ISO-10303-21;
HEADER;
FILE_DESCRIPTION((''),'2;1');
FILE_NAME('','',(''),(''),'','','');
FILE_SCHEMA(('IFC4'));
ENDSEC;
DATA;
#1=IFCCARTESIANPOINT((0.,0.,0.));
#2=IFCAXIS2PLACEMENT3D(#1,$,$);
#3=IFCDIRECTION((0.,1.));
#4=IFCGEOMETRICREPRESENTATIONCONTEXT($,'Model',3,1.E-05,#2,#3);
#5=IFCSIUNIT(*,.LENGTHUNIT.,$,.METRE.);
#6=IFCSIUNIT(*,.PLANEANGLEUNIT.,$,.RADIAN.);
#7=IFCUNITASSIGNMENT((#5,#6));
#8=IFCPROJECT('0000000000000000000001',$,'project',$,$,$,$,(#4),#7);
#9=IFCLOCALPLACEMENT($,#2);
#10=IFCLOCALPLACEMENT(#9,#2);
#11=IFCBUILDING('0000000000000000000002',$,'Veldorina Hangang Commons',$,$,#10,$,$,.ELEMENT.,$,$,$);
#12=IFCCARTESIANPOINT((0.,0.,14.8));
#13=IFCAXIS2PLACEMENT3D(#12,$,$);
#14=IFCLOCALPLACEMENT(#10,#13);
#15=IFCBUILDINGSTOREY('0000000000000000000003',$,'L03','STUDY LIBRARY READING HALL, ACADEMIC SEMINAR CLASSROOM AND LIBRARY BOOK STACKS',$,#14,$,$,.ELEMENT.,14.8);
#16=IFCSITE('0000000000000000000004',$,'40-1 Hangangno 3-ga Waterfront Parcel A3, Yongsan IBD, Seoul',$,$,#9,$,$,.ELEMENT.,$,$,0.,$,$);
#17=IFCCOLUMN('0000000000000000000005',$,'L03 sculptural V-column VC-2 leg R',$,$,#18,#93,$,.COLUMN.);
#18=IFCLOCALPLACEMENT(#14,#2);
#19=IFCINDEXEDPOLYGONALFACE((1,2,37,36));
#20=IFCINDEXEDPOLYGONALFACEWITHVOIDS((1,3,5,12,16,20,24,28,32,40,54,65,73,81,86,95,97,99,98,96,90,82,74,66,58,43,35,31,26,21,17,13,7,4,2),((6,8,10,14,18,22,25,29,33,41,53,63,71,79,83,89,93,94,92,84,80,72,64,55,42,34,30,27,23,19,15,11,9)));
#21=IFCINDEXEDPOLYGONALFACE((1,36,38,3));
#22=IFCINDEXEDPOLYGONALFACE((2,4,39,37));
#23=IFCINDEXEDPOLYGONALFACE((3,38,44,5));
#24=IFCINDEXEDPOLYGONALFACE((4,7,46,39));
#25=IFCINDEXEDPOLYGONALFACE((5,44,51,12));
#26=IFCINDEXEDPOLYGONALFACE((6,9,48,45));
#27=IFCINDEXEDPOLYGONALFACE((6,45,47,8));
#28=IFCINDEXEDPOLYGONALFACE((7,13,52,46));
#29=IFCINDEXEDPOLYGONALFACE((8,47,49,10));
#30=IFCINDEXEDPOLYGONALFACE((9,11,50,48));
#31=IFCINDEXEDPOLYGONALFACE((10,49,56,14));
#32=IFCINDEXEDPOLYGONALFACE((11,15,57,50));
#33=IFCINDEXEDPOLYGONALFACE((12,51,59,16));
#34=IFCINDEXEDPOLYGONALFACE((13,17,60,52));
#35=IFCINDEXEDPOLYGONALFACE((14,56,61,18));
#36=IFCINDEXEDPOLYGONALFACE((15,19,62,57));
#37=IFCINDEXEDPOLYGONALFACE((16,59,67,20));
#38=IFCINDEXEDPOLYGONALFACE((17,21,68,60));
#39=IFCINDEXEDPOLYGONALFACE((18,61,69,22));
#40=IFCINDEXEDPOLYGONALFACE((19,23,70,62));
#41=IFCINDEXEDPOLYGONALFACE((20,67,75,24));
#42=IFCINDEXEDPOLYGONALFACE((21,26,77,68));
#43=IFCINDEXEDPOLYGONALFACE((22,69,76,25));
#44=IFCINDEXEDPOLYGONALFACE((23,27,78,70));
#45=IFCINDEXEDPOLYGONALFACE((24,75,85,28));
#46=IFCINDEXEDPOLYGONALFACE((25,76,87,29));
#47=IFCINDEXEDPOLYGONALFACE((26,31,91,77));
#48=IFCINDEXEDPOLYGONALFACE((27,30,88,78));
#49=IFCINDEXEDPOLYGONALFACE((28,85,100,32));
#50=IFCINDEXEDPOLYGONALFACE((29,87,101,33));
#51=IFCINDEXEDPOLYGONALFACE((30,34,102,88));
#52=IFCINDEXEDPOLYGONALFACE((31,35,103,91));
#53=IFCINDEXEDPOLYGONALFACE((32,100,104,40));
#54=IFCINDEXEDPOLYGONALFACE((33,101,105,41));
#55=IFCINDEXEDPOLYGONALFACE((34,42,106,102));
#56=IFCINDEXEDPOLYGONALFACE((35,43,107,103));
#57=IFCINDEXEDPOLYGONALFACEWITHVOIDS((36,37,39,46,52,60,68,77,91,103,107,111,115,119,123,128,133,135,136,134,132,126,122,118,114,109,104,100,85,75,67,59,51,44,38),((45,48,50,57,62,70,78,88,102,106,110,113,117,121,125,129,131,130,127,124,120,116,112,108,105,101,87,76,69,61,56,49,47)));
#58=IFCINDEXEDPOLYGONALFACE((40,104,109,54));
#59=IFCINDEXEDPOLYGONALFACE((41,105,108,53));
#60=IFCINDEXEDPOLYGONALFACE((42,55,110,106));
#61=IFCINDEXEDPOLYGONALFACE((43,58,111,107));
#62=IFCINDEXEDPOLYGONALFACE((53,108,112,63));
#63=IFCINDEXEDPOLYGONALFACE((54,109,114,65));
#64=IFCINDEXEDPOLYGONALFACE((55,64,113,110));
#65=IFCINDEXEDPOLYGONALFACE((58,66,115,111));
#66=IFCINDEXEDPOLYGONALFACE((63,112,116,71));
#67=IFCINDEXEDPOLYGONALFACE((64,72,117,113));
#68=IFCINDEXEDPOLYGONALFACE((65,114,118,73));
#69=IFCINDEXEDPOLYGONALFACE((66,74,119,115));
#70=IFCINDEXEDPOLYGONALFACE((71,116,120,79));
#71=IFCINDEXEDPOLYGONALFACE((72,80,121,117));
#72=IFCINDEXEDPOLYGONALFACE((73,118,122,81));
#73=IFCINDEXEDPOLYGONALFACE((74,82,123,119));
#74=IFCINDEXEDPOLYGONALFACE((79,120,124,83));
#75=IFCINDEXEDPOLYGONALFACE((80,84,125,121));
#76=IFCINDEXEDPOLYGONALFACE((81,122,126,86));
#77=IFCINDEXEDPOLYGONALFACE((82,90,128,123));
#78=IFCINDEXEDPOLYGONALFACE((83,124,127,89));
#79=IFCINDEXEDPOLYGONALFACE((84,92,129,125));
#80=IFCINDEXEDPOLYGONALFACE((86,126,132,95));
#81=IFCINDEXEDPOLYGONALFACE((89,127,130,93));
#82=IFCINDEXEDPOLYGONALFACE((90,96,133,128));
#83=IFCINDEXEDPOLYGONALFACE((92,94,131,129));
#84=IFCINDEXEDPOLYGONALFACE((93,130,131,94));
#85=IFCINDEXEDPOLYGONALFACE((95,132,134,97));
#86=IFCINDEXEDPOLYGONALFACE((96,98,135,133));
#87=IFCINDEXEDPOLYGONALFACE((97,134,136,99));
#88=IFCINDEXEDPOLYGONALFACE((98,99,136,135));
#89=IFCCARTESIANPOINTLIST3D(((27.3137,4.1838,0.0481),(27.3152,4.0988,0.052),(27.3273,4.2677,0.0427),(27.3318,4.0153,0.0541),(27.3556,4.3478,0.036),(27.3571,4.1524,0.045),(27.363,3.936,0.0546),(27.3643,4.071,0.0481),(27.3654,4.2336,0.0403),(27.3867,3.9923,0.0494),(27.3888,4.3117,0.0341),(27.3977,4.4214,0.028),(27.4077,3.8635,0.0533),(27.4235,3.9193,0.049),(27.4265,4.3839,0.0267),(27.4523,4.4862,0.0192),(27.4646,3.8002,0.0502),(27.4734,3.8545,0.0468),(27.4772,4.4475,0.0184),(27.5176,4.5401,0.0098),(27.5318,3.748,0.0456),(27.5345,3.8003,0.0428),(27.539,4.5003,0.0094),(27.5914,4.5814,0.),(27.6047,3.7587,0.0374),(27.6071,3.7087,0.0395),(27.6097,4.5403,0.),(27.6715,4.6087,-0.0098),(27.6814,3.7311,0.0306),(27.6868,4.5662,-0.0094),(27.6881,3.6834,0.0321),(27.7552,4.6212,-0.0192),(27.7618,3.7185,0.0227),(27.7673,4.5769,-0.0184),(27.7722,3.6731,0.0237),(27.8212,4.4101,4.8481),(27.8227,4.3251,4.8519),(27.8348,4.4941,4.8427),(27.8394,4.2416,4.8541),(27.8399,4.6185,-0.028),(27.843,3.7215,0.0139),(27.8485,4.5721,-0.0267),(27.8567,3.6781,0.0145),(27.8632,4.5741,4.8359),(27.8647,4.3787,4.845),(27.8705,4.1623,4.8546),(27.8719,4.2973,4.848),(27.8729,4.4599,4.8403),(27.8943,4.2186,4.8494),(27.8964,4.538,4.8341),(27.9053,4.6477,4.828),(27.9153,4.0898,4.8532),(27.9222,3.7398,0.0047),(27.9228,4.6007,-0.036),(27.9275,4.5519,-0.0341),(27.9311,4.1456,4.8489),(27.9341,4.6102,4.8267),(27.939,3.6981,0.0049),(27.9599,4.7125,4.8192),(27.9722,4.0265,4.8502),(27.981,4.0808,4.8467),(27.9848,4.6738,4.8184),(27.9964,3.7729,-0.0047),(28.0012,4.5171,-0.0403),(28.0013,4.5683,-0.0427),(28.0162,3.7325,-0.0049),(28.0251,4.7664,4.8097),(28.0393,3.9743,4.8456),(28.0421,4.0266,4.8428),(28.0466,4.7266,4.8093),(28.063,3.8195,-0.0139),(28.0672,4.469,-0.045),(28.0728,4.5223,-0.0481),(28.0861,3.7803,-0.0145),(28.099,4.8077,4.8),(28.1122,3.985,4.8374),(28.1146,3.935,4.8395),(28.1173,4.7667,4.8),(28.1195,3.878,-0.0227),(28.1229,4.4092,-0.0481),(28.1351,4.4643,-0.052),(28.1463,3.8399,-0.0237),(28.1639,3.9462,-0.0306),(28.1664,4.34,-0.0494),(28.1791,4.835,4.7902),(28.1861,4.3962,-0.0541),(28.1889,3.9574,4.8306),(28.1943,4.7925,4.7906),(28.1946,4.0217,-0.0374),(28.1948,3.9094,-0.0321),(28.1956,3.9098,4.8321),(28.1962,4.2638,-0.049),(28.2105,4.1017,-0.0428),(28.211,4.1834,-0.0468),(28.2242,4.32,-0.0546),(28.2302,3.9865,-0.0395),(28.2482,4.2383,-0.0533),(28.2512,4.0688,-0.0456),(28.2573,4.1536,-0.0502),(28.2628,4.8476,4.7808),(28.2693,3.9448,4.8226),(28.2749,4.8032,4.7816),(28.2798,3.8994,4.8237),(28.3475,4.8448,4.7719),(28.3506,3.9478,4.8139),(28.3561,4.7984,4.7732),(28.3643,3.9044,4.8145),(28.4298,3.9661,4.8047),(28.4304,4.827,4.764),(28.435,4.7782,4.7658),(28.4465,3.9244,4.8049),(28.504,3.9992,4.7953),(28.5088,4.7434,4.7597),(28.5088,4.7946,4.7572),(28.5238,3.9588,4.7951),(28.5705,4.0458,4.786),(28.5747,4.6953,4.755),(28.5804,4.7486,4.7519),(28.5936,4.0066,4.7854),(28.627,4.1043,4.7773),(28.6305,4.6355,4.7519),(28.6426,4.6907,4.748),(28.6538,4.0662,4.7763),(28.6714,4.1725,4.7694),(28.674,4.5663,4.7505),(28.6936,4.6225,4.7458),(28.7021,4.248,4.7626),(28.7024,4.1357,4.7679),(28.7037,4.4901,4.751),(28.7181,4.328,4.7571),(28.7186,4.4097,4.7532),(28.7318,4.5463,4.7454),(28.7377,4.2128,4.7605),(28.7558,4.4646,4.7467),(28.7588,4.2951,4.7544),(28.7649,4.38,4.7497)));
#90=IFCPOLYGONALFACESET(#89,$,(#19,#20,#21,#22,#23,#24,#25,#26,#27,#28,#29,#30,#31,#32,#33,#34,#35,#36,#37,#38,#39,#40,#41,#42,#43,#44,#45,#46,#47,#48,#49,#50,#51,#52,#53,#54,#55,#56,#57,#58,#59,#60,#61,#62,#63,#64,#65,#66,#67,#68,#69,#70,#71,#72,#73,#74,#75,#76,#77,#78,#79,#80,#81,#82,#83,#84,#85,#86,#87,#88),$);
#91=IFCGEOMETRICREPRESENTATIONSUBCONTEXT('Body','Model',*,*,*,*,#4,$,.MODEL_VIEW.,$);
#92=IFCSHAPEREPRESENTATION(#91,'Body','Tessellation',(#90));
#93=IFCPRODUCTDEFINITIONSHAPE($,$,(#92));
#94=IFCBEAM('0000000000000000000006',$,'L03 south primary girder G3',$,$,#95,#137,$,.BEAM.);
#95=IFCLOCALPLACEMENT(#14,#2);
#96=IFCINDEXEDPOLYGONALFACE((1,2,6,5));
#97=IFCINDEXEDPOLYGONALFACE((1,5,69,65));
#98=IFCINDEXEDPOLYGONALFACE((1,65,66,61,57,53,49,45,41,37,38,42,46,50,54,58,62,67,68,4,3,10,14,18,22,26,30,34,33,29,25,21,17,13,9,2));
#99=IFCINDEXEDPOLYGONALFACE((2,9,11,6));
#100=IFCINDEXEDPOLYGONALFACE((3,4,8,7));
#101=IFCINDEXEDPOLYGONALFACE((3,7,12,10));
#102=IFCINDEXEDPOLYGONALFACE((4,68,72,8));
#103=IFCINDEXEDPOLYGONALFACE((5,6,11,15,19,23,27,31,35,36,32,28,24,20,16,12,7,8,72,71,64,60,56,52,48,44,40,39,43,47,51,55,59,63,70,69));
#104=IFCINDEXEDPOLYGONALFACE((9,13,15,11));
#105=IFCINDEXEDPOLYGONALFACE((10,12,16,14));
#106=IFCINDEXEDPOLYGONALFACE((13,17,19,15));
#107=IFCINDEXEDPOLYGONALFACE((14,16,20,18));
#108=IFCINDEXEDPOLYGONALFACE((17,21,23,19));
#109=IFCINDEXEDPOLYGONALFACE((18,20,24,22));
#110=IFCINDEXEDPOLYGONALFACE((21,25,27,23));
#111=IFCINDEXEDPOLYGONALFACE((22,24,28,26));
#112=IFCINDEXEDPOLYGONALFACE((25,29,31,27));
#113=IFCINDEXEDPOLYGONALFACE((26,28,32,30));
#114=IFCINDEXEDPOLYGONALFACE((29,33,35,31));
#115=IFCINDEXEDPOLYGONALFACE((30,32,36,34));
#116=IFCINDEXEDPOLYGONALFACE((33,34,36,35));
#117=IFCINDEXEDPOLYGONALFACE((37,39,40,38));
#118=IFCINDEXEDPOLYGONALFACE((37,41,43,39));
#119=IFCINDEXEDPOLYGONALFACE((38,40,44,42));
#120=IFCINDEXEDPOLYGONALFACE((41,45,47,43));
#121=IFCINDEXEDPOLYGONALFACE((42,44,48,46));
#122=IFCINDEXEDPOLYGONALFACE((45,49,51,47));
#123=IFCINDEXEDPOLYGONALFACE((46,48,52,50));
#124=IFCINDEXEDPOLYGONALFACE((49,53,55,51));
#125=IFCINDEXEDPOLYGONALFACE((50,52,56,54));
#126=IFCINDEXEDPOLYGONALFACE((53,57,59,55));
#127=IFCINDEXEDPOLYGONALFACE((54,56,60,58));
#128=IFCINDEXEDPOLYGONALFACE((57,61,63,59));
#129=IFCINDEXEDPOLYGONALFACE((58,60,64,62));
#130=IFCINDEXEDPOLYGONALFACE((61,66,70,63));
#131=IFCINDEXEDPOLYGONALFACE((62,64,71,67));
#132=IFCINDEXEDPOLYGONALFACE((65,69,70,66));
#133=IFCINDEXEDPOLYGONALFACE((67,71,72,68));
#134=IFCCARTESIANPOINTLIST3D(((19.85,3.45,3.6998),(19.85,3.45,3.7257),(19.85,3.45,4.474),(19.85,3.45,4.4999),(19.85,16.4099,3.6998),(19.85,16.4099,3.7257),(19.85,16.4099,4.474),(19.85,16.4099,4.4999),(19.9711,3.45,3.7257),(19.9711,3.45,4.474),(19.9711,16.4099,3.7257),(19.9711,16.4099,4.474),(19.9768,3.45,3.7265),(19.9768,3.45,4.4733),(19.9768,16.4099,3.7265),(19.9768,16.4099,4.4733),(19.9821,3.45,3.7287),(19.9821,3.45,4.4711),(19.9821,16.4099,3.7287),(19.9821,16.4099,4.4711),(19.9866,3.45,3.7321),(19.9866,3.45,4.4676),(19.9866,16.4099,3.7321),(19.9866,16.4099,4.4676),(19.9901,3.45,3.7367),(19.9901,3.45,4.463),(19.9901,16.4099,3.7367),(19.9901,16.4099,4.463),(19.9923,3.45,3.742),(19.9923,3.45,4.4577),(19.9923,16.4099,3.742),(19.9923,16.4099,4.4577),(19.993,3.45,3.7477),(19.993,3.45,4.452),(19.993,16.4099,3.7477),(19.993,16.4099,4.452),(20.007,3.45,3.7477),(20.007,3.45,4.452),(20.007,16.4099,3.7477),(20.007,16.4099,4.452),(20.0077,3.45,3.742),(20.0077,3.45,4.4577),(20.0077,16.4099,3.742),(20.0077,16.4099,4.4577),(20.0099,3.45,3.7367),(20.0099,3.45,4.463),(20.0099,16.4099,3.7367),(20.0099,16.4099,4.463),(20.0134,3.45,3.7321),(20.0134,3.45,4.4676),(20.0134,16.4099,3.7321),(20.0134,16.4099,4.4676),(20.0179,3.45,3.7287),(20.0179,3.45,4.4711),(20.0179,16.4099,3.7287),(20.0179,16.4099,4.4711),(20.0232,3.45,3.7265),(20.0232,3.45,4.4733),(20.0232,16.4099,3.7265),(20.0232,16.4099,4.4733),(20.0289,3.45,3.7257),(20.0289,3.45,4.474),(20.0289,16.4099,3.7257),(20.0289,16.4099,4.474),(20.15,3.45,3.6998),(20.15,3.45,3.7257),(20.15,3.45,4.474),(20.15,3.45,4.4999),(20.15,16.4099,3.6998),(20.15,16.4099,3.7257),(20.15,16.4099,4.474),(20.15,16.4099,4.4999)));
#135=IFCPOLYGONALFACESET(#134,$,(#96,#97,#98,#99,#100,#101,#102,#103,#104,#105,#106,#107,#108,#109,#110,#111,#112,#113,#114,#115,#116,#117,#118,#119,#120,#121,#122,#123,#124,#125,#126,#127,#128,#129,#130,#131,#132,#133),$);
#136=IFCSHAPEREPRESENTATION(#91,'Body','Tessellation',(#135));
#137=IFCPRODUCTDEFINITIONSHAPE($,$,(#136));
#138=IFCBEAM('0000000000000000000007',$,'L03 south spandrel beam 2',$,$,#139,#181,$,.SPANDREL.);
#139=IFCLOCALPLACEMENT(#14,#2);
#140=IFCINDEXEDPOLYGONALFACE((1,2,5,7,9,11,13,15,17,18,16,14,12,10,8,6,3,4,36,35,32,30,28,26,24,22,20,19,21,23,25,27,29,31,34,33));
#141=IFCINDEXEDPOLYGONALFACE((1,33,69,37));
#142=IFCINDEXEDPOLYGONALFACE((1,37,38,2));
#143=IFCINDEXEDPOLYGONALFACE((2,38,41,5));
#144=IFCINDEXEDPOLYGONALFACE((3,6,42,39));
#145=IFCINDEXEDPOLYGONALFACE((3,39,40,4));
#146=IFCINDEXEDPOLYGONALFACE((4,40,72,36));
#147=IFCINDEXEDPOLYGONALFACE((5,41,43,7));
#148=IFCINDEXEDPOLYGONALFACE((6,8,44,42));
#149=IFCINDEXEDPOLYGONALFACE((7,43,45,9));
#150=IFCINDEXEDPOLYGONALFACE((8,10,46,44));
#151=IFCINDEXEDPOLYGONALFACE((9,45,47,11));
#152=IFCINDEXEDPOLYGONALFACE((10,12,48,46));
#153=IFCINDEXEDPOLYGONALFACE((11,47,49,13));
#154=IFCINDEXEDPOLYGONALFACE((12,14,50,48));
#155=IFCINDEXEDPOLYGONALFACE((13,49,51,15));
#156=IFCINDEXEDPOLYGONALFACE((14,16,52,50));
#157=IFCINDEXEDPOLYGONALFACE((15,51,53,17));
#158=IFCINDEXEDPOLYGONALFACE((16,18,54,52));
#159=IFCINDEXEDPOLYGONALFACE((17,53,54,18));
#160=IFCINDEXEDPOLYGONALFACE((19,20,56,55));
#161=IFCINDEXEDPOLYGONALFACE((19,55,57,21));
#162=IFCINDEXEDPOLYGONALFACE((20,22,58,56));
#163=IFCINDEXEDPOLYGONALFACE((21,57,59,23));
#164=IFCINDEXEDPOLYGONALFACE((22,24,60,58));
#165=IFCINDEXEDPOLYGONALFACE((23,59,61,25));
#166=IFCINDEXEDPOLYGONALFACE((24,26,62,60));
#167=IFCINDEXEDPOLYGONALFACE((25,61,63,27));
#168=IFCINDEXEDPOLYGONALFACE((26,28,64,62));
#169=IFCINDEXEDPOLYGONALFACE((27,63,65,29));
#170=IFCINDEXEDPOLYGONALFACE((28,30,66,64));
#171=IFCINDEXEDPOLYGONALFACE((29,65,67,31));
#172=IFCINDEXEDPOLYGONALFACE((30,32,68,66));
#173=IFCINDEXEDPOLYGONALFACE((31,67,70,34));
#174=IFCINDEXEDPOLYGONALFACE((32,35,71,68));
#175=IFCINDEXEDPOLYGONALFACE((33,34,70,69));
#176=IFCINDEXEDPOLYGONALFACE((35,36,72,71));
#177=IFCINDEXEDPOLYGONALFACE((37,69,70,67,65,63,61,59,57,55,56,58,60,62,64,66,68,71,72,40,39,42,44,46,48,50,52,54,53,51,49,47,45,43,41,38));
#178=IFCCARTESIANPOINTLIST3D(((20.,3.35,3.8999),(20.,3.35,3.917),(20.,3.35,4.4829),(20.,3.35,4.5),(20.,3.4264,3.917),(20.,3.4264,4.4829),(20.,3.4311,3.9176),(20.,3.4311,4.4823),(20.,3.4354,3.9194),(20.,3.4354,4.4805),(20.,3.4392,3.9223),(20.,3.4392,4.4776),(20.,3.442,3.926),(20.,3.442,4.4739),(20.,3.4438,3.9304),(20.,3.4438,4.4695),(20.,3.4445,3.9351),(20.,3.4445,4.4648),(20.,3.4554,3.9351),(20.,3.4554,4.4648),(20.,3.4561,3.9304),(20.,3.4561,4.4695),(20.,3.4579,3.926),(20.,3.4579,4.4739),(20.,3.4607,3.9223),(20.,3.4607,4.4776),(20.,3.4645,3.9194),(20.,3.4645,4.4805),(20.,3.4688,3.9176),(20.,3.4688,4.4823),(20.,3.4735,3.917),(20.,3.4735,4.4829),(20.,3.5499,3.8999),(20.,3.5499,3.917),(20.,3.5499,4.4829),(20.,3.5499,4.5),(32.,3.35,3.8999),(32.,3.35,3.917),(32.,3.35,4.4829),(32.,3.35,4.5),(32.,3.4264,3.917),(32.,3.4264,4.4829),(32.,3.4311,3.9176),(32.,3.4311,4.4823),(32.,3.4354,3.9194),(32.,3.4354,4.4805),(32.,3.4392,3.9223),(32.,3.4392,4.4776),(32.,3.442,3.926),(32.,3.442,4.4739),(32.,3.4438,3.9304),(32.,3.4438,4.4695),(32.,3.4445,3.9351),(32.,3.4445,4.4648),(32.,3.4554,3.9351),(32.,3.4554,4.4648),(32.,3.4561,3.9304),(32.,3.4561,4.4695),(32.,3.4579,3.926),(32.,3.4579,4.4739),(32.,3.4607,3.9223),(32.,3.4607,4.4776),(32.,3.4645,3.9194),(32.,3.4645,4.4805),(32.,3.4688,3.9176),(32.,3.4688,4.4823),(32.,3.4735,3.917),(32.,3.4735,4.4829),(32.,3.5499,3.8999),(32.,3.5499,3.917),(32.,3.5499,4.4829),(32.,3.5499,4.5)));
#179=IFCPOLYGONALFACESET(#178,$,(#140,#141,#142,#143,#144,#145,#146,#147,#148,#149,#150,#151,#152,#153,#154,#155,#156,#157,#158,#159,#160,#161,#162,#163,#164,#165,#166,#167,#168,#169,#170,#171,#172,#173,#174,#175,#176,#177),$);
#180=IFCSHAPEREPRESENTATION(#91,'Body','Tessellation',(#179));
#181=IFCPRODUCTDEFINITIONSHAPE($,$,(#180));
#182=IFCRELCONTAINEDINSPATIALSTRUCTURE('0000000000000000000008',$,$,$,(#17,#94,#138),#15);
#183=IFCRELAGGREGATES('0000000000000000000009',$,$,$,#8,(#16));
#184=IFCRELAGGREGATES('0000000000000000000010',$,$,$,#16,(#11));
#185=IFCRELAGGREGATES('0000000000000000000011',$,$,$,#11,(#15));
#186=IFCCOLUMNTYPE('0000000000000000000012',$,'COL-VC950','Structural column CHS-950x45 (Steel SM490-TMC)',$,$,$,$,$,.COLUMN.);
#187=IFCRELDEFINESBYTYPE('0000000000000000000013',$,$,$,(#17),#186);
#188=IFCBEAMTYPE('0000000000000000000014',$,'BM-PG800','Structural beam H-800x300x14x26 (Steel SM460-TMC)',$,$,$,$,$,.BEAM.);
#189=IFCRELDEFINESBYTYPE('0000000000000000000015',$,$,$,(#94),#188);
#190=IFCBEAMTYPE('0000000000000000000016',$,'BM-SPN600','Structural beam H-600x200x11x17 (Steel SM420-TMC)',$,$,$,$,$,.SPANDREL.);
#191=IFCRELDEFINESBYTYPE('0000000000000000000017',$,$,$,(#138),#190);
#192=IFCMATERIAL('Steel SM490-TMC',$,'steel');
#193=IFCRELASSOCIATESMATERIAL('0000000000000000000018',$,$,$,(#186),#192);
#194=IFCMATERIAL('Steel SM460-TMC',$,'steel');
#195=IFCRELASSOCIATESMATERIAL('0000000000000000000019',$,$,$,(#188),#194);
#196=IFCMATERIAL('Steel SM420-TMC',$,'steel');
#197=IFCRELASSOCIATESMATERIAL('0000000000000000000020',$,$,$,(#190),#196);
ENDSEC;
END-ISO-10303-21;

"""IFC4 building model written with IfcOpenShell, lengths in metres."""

from ifc_helpers import new_model, si_unit, direction, frame, origin, origin_2d, place, context, subcontext, project, spatial, hollow_circle, i_section, extrude, material, material_profile, profile_set, type_object, element, save


model = new_model("IFC4")

# Units and contexts
model_context = context("Model", 3, precision=1e-05, world=origin(), true_north=direction((0.0, 1.0)))
body_context = subcontext(model_context, "Body", "Model", "MODEL_VIEW")
ifc_project = project(units=[si_unit("LENGTHUNIT", "METRE"), si_unit("PLANEANGLEUNIT", "RADIAN")], contexts=[model_context])

# Site, building, storey
site_placement = place(None, origin())
site = spatial("IfcSite", under=ifc_project, at=site_placement, Name="40-1 Hangangno 3-ga Waterfront Parcel A3, Yongsan IBD, Seoul", CompositionType="ELEMENT", RefElevation=0.0)
building_placement = place(site_placement, origin())
building = spatial("IfcBuilding", under=site, at=building_placement, Name="Veldorina Hangang Commons", CompositionType="ELEMENT")
storey_placement = place(building_placement, frame((0.0, 0.0, 14.8)))
storey = spatial("IfcBuildingStorey", under=building, at=storey_placement, Name="L03", Description="STUDY LIBRARY READING HALL, ACADEMIC SEMINAR CLASSROOM AND LIBRARY BOOK STACKS", CompositionType="ELEMENT", Elevation=14.8)

# Column
ifc_material_1 = material(Name="Steel SM420-TMC", Category="steel")
ifc_material_2 = material(Name="Steel SM490-TMC", Category="steel")
ifc_material_profile_1 = material_profile(ifc_material_2, hollow_circle(Radius=0.4751, WallThickness=0.0449, at=origin_2d()), Name="CHS-950x45")
ifc_profile_set_1 = profile_set([ifc_material_profile_1], Name="Steel SM490-TMC")
column_type_1 = type_object("IfcColumnType", Name="COL-VC950", Description="Structural column CHS-950x45 (Steel SM490-TMC)", PredefinedType="COLUMN", material=ifc_profile_set_1)
for number, where, z_axis, x_axis, name in (
    (1, (27.7849, 4.1475, 0.0), (0.105041, 0.046836, 0.993364), (-0.407239, 0.913322, 0.0), "L03 sculptural V-column VC-2 leg R"),
):
    element("IfcColumn", number, at=place(storey_placement, frame(where, z_axis=z_axis, x_axis=x_axis)), inside=storey, type_object=column_type_1, Name=name, PredefinedType="COLUMN", context=body_context, shape_type="SweptSolid", body=[
        extrude(hollow_circle(Radius=0.4751, WallThickness=0.0449, at=origin_2d()), origin(), (0.0, 0.0, 1.0), 4.832),
    ])

# Beams
ifc_material_3 = material(Name="Steel SM460-TMC", Category="steel")
ifc_material_profile_2 = material_profile(ifc_material_3, i_section(OverallWidth=0.3, OverallDepth=0.8, WebThickness=0.0139, FlangeThickness=0.0259, FilletRadius=0.022, at=origin_2d()), Name="H-800x300x14x26")
ifc_profile_set_2 = profile_set([ifc_material_profile_2], Name="Steel SM460-TMC")
beam_type_1 = type_object("IfcBeamType", Name="BM-PG800", Description="Structural beam H-800x300x14x26 (Steel SM460-TMC)", PredefinedType="BEAM", material=ifc_profile_set_2)
beam_1_placement = place(storey_placement, frame((20.0, 3.45, 4.0999), z_axis=(0.0, 1.0, 0.0), x_axis=(-1.0, 0.0, 0.0)))
element("IfcBeam", 2, at=beam_1_placement, inside=storey, type_object=beam_type_1, Name="L03 south primary girder G3", PredefinedType="BEAM", context=body_context, shape_type="SweptSolid", body=[
    extrude(i_section(OverallWidth=0.3, OverallDepth=0.8, WebThickness=0.0139, FlangeThickness=0.0259, FilletRadius=0.022, at=origin_2d()), origin(), (0.0, 0.0, 1.0), 12.96),
])
ifc_material_profile_3 = material_profile(ifc_material_1, i_section(OverallWidth=0.2, OverallDepth=0.6001, WebThickness=0.011, FlangeThickness=0.0171, FilletRadius=0.0181, at=origin_2d()), Name="H-600x200x11x17")
ifc_profile_set_3 = profile_set([ifc_material_profile_3], Name="Steel SM420-TMC")
beam_type_2 = type_object("IfcBeamType", Name="BM-SPN600", Description="Structural beam H-600x200x11x17 (Steel SM420-TMC)", PredefinedType="SPANDREL", material=ifc_profile_set_3)
beam_2_placement = place(storey_placement, frame((20.0, 3.45, 4.2), z_axis=(1.0, 0.0, 0.0), x_axis=(0.0, 1.0, 0.0)))
element("IfcBeam", 3, at=beam_2_placement, inside=storey, type_object=beam_type_2, Name="L03 south spandrel beam 2", PredefinedType="SPANDREL", context=body_context, shape_type="SweptSolid", body=[
    extrude(i_section(OverallWidth=0.2, OverallDepth=0.6001, WebThickness=0.011, FlangeThickness=0.0171, FilletRadius=0.0181, at=origin_2d()), origin(), (0.0, 0.0, 1.0), 12.0),
])

save(model, "model.ifc")
